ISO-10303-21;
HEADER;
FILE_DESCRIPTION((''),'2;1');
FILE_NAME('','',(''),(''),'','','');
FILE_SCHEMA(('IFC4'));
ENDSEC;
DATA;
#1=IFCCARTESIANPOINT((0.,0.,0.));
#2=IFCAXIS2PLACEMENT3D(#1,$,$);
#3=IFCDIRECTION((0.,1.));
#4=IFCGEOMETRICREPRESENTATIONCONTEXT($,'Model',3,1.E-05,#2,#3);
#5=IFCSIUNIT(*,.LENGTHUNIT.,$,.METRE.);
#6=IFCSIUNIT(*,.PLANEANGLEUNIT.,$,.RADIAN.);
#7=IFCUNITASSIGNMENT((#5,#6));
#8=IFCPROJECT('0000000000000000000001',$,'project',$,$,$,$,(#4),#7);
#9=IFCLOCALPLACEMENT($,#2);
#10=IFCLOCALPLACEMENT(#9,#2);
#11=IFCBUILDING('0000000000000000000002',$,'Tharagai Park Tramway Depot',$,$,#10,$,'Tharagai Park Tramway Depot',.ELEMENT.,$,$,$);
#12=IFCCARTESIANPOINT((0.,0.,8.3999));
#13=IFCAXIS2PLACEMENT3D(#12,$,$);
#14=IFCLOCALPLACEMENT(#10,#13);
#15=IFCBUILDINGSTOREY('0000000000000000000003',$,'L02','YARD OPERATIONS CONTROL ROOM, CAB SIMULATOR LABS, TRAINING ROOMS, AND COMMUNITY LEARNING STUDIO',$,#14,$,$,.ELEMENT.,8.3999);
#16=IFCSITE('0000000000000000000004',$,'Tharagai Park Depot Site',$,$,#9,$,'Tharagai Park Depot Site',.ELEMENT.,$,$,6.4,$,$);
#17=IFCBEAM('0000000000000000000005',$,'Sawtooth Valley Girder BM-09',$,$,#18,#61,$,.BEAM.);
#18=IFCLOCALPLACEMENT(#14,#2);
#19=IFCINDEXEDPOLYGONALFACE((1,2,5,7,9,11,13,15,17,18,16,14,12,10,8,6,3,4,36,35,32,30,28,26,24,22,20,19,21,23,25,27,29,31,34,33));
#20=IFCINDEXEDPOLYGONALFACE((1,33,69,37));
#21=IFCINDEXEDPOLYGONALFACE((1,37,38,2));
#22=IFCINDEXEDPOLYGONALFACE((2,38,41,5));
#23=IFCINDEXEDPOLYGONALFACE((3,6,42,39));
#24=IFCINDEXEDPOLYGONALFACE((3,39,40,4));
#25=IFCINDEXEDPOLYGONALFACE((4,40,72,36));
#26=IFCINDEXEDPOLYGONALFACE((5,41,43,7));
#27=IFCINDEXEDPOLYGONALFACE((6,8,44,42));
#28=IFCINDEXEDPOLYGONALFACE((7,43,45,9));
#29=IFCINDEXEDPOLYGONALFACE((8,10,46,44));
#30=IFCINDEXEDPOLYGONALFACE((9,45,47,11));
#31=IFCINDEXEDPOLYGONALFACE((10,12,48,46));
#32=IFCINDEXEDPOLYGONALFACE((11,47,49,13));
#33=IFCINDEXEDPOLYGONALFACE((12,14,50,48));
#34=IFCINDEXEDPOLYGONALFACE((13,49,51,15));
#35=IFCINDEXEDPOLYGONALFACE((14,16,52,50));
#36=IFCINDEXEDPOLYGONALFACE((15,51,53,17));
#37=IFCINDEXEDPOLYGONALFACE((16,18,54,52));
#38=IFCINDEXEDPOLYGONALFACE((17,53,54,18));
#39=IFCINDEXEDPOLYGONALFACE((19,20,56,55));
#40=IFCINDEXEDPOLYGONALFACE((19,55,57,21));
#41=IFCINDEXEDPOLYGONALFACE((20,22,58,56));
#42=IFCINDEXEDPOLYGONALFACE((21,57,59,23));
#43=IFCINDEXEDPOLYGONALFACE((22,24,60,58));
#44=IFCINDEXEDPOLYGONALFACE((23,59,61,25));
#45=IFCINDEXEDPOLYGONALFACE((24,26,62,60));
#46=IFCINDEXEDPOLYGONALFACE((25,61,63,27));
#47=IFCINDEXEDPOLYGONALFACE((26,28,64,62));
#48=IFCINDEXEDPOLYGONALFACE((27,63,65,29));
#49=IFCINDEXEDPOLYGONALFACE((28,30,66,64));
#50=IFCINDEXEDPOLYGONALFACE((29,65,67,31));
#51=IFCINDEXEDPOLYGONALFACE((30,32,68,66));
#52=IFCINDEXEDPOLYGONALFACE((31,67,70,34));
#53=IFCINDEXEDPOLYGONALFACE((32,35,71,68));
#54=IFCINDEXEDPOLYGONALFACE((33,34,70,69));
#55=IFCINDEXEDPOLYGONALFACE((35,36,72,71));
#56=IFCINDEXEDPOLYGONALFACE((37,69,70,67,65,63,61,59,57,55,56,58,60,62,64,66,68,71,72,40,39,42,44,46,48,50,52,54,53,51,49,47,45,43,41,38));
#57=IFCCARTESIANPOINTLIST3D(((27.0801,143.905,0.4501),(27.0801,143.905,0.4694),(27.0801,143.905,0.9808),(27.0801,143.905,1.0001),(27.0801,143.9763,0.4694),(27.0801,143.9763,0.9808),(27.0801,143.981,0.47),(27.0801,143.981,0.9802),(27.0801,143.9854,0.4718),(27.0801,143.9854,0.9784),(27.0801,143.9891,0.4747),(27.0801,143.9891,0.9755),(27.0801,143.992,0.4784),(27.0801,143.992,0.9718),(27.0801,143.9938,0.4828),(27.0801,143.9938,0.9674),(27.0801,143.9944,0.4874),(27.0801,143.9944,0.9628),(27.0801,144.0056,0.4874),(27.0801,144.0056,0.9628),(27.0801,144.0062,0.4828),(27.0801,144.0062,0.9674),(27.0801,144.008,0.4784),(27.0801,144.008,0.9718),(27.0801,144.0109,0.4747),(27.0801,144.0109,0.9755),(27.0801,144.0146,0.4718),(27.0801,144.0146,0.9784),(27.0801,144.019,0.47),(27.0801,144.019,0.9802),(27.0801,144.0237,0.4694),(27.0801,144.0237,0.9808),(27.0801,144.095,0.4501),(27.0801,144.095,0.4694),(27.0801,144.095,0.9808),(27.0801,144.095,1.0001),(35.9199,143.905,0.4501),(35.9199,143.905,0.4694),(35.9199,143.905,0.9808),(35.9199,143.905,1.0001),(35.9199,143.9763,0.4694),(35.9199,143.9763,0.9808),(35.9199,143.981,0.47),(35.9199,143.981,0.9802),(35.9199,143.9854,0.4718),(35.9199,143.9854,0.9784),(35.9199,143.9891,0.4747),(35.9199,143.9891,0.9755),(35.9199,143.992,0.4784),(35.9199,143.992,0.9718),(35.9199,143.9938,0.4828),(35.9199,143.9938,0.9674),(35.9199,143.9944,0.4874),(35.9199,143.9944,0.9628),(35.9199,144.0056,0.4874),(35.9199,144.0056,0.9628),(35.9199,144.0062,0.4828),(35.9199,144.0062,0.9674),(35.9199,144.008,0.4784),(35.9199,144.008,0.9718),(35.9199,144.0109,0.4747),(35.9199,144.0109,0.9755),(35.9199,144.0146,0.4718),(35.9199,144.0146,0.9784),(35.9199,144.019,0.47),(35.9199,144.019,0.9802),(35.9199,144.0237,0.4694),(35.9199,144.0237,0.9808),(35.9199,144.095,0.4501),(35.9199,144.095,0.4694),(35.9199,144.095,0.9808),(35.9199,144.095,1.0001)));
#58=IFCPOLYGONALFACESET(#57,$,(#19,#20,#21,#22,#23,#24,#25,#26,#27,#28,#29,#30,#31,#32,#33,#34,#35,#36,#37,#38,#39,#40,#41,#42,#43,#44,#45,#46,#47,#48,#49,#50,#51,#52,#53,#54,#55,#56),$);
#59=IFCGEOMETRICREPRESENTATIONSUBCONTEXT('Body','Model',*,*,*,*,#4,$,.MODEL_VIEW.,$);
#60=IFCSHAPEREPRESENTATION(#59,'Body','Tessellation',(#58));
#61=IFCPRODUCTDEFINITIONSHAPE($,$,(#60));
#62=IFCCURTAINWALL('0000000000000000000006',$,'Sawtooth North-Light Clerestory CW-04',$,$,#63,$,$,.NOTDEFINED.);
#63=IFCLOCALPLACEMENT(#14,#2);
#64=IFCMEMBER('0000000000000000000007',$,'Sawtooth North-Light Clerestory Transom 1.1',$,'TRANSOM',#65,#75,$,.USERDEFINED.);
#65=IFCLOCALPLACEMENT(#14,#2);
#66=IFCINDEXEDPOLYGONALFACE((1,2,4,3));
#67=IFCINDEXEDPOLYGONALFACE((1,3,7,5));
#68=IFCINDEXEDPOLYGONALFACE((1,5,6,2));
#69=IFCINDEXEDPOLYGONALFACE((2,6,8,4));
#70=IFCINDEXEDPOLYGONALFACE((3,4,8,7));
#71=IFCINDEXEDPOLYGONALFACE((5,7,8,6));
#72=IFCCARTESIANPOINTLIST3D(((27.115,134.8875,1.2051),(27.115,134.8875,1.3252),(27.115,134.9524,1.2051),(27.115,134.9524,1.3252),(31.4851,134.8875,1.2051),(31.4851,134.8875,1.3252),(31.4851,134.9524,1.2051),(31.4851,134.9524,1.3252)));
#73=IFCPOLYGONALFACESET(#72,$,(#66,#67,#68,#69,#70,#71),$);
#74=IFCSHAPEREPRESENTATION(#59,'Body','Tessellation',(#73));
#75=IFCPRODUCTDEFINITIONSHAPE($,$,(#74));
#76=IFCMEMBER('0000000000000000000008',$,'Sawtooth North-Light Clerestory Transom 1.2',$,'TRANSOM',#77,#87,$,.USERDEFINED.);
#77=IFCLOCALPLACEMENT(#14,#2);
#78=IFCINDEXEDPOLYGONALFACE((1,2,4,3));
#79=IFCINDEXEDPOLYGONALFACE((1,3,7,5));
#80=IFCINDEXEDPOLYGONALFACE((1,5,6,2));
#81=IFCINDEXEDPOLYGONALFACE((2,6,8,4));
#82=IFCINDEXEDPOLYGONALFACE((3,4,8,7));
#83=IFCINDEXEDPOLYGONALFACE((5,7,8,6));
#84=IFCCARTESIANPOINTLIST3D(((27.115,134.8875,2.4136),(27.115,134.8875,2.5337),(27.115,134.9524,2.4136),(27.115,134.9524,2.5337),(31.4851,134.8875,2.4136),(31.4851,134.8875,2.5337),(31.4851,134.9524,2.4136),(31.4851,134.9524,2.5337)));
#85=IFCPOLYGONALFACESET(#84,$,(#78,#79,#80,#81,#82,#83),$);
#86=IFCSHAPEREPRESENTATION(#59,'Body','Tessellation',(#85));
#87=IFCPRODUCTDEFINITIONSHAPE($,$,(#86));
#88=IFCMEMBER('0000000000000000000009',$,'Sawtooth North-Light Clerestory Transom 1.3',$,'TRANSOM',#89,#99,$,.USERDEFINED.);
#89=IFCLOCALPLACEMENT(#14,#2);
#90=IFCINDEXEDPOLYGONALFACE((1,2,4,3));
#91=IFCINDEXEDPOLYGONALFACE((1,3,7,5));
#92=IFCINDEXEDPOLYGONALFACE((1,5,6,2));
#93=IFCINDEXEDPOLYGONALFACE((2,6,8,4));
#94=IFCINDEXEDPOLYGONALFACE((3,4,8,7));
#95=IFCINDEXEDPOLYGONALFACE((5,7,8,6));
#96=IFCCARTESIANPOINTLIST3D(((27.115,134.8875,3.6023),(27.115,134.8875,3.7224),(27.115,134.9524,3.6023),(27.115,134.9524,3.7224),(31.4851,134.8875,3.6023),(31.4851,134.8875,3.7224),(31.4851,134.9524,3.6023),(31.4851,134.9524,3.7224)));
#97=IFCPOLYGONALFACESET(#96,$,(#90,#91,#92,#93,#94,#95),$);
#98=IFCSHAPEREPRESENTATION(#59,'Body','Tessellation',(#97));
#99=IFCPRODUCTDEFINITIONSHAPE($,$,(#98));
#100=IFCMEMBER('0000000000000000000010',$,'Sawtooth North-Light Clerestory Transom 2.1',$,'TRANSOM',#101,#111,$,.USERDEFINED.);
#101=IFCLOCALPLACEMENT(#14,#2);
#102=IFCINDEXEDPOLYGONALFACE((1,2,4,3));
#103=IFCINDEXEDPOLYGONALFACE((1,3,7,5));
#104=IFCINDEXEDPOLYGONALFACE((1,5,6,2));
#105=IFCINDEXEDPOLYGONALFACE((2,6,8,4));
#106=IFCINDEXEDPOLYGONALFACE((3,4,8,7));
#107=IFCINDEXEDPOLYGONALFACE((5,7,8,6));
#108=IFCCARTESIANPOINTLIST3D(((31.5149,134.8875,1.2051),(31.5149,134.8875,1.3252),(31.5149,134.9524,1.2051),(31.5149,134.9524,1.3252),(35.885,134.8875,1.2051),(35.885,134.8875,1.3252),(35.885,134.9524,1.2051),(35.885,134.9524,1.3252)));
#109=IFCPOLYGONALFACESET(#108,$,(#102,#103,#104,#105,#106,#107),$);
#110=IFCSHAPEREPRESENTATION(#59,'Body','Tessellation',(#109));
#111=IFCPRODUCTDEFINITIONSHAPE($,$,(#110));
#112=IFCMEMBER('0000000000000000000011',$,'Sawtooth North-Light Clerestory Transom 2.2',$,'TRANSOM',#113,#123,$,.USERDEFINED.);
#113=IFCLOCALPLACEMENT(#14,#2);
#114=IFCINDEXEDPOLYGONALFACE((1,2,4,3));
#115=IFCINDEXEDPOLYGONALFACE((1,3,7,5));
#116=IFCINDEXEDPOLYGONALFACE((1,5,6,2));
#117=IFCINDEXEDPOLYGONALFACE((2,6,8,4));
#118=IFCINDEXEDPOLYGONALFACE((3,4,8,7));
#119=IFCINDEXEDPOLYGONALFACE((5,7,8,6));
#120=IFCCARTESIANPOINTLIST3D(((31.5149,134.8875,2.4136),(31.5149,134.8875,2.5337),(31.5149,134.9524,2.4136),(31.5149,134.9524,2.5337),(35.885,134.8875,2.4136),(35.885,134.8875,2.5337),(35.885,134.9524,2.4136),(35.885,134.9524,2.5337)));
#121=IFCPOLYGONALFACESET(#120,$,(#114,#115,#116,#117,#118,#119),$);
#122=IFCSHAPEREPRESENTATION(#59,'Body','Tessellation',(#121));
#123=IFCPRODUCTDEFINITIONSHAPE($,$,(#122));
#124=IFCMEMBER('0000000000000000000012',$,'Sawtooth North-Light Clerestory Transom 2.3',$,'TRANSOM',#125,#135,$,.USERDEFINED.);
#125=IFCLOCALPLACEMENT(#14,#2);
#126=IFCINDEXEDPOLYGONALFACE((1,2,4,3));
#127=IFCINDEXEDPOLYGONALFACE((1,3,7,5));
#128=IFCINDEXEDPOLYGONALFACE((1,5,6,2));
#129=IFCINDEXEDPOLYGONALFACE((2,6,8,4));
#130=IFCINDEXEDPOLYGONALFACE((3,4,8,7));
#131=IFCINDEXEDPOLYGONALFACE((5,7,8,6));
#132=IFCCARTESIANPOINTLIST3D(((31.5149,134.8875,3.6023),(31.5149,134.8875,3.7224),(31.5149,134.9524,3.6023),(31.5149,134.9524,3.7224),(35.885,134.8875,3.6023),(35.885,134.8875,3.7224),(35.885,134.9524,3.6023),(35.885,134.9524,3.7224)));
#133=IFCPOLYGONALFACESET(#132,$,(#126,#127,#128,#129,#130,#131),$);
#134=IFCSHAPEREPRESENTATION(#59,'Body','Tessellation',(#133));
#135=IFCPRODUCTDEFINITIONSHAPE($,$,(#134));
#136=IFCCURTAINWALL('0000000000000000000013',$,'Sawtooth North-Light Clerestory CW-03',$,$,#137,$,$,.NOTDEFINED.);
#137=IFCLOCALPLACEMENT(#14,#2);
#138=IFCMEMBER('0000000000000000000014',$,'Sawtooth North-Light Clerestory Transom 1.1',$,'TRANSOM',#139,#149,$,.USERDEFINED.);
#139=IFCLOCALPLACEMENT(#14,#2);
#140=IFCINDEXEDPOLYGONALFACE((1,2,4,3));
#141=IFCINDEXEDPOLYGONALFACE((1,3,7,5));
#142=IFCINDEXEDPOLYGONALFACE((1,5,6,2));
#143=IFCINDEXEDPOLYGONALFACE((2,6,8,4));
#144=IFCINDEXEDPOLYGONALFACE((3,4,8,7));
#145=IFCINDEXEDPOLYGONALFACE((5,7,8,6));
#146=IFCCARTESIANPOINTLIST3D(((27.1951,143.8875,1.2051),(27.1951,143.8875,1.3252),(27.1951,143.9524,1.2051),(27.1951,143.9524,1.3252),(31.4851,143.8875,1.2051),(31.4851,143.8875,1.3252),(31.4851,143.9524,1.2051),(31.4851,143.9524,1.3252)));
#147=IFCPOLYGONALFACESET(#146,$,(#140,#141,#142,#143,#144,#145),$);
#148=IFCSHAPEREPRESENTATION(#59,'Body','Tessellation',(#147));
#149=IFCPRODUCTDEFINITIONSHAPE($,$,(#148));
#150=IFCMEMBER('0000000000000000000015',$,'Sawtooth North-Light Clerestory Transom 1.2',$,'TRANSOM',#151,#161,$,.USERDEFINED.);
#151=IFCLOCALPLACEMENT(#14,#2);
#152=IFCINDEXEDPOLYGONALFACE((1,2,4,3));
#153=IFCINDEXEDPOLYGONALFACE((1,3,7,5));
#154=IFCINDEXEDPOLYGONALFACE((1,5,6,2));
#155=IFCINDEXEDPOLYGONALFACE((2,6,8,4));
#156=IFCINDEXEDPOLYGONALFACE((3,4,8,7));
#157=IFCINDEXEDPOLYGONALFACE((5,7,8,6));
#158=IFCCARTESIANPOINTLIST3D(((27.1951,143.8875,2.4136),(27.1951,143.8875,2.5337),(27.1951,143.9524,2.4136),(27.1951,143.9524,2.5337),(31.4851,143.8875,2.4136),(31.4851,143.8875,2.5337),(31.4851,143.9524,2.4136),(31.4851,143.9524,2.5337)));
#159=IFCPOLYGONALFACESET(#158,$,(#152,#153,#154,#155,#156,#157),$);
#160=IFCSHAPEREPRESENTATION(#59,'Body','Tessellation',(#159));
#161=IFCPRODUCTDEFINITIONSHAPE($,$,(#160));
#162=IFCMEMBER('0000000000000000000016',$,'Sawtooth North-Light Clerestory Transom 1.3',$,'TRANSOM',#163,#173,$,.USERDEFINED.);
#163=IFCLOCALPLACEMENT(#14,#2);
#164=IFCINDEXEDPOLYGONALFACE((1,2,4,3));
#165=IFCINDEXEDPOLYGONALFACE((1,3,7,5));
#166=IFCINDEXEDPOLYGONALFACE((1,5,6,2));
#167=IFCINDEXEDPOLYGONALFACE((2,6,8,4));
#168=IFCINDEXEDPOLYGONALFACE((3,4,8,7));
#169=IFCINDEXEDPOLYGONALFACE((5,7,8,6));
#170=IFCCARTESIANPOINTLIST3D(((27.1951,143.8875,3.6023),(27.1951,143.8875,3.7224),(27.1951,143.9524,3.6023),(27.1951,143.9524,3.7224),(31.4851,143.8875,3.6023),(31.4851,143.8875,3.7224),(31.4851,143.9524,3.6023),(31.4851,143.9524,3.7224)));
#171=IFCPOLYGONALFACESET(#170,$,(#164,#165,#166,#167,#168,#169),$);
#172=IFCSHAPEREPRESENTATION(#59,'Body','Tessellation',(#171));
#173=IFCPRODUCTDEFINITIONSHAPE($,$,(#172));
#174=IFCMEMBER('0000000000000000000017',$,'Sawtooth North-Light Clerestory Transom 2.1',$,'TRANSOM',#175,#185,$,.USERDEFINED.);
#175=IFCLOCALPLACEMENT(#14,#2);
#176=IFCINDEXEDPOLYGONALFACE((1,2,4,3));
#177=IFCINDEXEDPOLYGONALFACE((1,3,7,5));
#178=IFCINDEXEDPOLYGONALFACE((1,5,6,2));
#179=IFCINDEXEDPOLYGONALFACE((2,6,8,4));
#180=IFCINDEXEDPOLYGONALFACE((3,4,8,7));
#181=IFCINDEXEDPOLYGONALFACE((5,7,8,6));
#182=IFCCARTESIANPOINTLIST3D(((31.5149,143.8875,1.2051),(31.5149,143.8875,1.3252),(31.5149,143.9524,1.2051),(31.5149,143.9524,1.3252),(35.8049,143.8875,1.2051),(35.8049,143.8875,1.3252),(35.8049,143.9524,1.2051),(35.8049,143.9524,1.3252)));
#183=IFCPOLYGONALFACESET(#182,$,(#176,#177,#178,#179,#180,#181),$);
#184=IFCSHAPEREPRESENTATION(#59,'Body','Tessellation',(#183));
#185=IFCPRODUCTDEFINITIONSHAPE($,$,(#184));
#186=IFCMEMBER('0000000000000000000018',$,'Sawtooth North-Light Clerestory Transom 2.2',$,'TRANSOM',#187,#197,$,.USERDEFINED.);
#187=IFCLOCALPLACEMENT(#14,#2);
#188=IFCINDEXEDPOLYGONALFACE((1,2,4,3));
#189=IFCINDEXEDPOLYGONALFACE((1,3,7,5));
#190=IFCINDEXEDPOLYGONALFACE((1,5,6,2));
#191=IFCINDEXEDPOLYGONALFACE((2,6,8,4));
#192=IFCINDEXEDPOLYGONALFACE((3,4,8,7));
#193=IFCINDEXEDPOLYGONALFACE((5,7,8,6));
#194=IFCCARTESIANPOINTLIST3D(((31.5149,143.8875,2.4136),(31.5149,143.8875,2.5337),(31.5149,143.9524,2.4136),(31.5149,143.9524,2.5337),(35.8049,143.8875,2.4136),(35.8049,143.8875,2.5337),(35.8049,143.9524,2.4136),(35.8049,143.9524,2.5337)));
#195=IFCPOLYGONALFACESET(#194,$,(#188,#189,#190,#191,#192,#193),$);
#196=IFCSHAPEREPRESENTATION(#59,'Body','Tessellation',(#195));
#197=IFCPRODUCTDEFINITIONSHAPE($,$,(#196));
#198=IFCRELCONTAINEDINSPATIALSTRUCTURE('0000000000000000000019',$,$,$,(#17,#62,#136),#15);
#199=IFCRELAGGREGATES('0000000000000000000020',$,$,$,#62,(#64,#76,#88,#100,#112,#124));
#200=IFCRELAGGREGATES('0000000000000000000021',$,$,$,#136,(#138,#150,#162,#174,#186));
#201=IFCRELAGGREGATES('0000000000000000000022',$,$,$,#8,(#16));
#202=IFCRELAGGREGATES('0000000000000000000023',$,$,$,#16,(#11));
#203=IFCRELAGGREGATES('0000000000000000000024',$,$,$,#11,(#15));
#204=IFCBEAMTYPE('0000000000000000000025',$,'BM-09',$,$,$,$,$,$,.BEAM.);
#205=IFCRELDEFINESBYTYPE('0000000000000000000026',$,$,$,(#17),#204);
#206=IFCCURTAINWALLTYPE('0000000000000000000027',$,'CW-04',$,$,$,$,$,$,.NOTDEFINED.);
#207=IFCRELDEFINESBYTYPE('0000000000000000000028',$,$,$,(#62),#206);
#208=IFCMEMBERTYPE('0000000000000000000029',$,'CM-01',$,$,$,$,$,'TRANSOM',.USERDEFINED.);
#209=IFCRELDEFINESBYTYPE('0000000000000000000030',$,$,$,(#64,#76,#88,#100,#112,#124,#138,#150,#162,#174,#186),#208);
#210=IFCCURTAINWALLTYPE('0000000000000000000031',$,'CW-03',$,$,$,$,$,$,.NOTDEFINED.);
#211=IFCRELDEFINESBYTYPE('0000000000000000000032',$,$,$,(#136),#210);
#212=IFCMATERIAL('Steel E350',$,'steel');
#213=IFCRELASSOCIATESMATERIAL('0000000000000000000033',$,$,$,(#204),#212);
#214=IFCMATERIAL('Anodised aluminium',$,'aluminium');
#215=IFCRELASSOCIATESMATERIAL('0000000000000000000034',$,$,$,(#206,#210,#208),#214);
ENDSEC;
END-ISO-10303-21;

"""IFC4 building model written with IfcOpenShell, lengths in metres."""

from ifc_helpers import new_model, si_unit, direction, frame, origin, origin_2d, place, context, subcontext, project, spatial, rectangle, i_section, extrude, material, material_profile, profile_set, type_object, element, aggregate, save


model = new_model("IFC4")

# Units and contexts
model_context = context("Model", 3, precision=1e-05, world=origin(), true_north=direction((0.0, 1.0)))
body_context = subcontext(model_context, "Body", "Model", "MODEL_VIEW")
ifc_project = project(units=[si_unit("LENGTHUNIT", "METRE"), si_unit("PLANEANGLEUNIT", "RADIAN")], contexts=[model_context])

# Site, building, storey
site_placement = place(None, origin())
site = spatial("IfcSite", under=ifc_project, at=site_placement, Name="Tharagai Park Depot Site", LongName="Tharagai Park Depot Site", CompositionType="ELEMENT", RefElevation=6.4)
building_placement = place(site_placement, origin())
building = spatial("IfcBuilding", under=site, at=building_placement, Name="Tharagai Park Tramway Depot", LongName="Tharagai Park Tramway Depot", CompositionType="ELEMENT")
storey_placement = place(building_placement, frame((0.0, 0.0, 8.3999)))
storey = spatial("IfcBuildingStorey", under=building, at=storey_placement, Name="L02", Description="YARD OPERATIONS CONTROL ROOM, CAB SIMULATOR LABS, TRAINING ROOMS, AND COMMUNITY LEARNING STUDIO", CompositionType="ELEMENT", Elevation=8.3999)

# Beam
ifc_material_1 = material(Name="Steel E350", Category="steel")
ifc_material_profile_1 = material_profile(ifc_material_1, i_section(OverallWidth=0.1899, OverallDepth=0.55, WebThickness=0.0112, FlangeThickness=0.0193, FilletRadius=0.0181, at=origin_2d()), Name="ISMB 550")
ifc_profile_set_1 = profile_set([ifc_material_profile_1], Name="Steel E350")
beam_type = type_object("IfcBeamType", Name="BM-09", PredefinedType="BEAM", material=ifc_profile_set_1)
beam_placement = place(storey_placement, frame((27.0801, 144.0, 0.7251), z_axis=(1.0, 0.0, 0.0), x_axis=(0.0, 1.0, 0.0)))
element("IfcBeam", 1, at=beam_placement, inside=storey, type_object=beam_type, Name="Sawtooth Valley Girder BM-09", PredefinedType="BEAM", context=body_context, shape_type="SweptSolid", body=[
    extrude(i_section(OverallWidth=0.1899, OverallDepth=0.55, WebThickness=0.0112, FlangeThickness=0.0193, FilletRadius=0.0181, at=origin_2d()), origin(), (0.0, 0.0, 1.0), 8.8398),
])

# Curtain walls, members
ifc_material_2 = material(Name="Anodised aluminium", Category="aluminium")
curtain_wall_type_1 = type_object("IfcCurtainWallType", Name="CW-04", PredefinedType="NOTDEFINED", material=ifc_material_2)
curtain_wall_1_placement = place(storey_placement, origin())
curtain_wall_1 = element("IfcCurtainWall", 2, at=curtain_wall_1_placement, inside=storey, type_object=curtain_wall_type_1, Name="Sawtooth North-Light Clerestory CW-04", PredefinedType="NOTDEFINED")
ifc_material_profile_2 = material_profile(ifc_material_2, rectangle(XDim=0.0649, YDim=0.1201, at=origin_2d()), Name="ALU 65x120")
ifc_profile_set_2 = profile_set([ifc_material_profile_2], Name="Anodised aluminium")
member_type_1 = type_object("IfcMemberType", Name="CM-01", ElementType="TRANSOM", PredefinedType="USERDEFINED", material=ifc_profile_set_2)
member_1_placement = place(storey_placement, frame((27.115, 134.9199, 1.2651), z_axis=(1.0, 0.0, 0.0), x_axis=(0.0, 1.0, 0.0)))
member_1 = element("IfcMember", 3, at=member_1_placement, type_object=member_type_1, Name="Sawtooth North-Light Clerestory Transom 1.1", ObjectType="TRANSOM", PredefinedType="USERDEFINED", context=body_context, shape_type="SweptSolid", body=[
    extrude(rectangle(XDim=0.0649, YDim=0.1201, at=origin_2d()), origin(), (0.0, 0.0, 1.0), 4.3701),
])
member_2_placement = place(storey_placement, frame((27.115, 134.9199, 2.4736), z_axis=(1.0, 0.0, 0.0), x_axis=(0.0, 1.0, 0.0)))
member_2 = element("IfcMember", 4, at=member_2_placement, type_object=member_type_1, Name="Sawtooth North-Light Clerestory Transom 1.2", ObjectType="TRANSOM", PredefinedType="USERDEFINED", context=body_context, shape_type="SweptSolid", body=[
    extrude(rectangle(XDim=0.0649, YDim=0.1201, at=origin_2d()), origin(), (0.0, 0.0, 1.0), 4.3701),
])
member_3_placement = place(storey_placement, frame((27.115, 134.9199, 3.6624), z_axis=(1.0, 0.0, 0.0), x_axis=(0.0, 1.0, 0.0)))
member_3 = element("IfcMember", 5, at=member_3_placement, type_object=member_type_1, Name="Sawtooth North-Light Clerestory Transom 1.3", ObjectType="TRANSOM", PredefinedType="USERDEFINED", context=body_context, shape_type="SweptSolid", body=[
    extrude(rectangle(XDim=0.0649, YDim=0.1201, at=origin_2d()), origin(), (0.0, 0.0, 1.0), 4.3701),
])
member_4_placement = place(storey_placement, frame((31.5149, 134.9199, 1.2651), z_axis=(1.0, 0.0, 0.0), x_axis=(0.0, 1.0, 0.0)))
member_4 = element("IfcMember", 6, at=member_4_placement, type_object=member_type_1, Name="Sawtooth North-Light Clerestory Transom 2.1", ObjectType="TRANSOM", PredefinedType="USERDEFINED", context=body_context, shape_type="SweptSolid", body=[
    extrude(rectangle(XDim=0.0649, YDim=0.1201, at=origin_2d()), origin(), (0.0, 0.0, 1.0), 4.3701),
])
member_5_placement = place(storey_placement, frame((31.5149, 134.9199, 2.4736), z_axis=(1.0, 0.0, 0.0), x_axis=(0.0, 1.0, 0.0)))
member_5 = element("IfcMember", 7, at=member_5_placement, type_object=member_type_1, Name="Sawtooth North-Light Clerestory Transom 2.2", ObjectType="TRANSOM", PredefinedType="USERDEFINED", context=body_context, shape_type="SweptSolid", body=[
    extrude(rectangle(XDim=0.0649, YDim=0.1201, at=origin_2d()), origin(), (0.0, 0.0, 1.0), 4.3701),
])
member_6_placement = place(storey_placement, frame((31.5149, 134.9199, 3.6624), z_axis=(1.0, 0.0, 0.0), x_axis=(0.0, 1.0, 0.0)))
member_6 = element("IfcMember", 8, at=member_6_placement, type_object=member_type_1, Name="Sawtooth North-Light Clerestory Transom 2.3", ObjectType="TRANSOM", PredefinedType="USERDEFINED", context=body_context, shape_type="SweptSolid", body=[
    extrude(rectangle(XDim=0.0649, YDim=0.1201, at=origin_2d()), origin(), (0.0, 0.0, 1.0), 4.3701),
])
curtain_wall_type_2 = type_object("IfcCurtainWallType", Name="CW-03", PredefinedType="NOTDEFINED", material=ifc_material_2)
curtain_wall_2_placement = place(storey_placement, origin())
curtain_wall_2 = element("IfcCurtainWall", 9, at=curtain_wall_2_placement, inside=storey, type_object=curtain_wall_type_2, Name="Sawtooth North-Light Clerestory CW-03", PredefinedType="NOTDEFINED")
member_7_placement = place(storey_placement, frame((27.1951, 143.9199, 1.2651), z_axis=(1.0, 0.0, 0.0), x_axis=(0.0, 1.0, 0.0)))
member_7 = element("IfcMember", 10, at=member_7_placement, type_object=member_type_1, Name="Sawtooth North-Light Clerestory Transom 1.1", ObjectType="TRANSOM", PredefinedType="USERDEFINED", context=body_context, shape_type="SweptSolid", body=[
    extrude(rectangle(XDim=0.0649, YDim=0.1201, at=origin_2d()), origin(), (0.0, 0.0, 1.0), 4.29),
])
member_8_placement = place(storey_placement, frame((27.1951, 143.9199, 2.4736), z_axis=(1.0, 0.0, 0.0), x_axis=(0.0, 1.0, 0.0)))
member_8 = element("IfcMember", 11, at=member_8_placement, type_object=member_type_1, Name="Sawtooth North-Light Clerestory Transom 1.2", ObjectType="TRANSOM", PredefinedType="USERDEFINED", context=body_context, shape_type="SweptSolid", body=[
    extrude(rectangle(XDim=0.0649, YDim=0.1201, at=origin_2d()), origin(), (0.0, 0.0, 1.0), 4.29),
])
member_9_placement = place(storey_placement, frame((27.1951, 143.9199, 3.6624), z_axis=(1.0, 0.0, 0.0), x_axis=(0.0, 1.0, 0.0)))
member_9 = element("IfcMember", 12, at=member_9_placement, type_object=member_type_1, Name="Sawtooth North-Light Clerestory Transom 1.3", ObjectType="TRANSOM", PredefinedType="USERDEFINED", context=body_context, shape_type="SweptSolid", body=[
    extrude(rectangle(XDim=0.0649, YDim=0.1201, at=origin_2d()), origin(), (0.0, 0.0, 1.0), 4.29),
])
member_10_placement = place(storey_placement, frame((31.5149, 143.9199, 1.2651), z_axis=(1.0, 0.0, 0.0), x_axis=(0.0, 1.0, 0.0)))
member_10 = element("IfcMember", 13, at=member_10_placement, type_object=member_type_1, Name="Sawtooth North-Light Clerestory Transom 2.1", ObjectType="TRANSOM", PredefinedType="USERDEFINED", context=body_context, shape_type="SweptSolid", body=[
    extrude(rectangle(XDim=0.0649, YDim=0.1201, at=origin_2d()), origin(), (0.0, 0.0, 1.0), 4.29),
])
member_11_placement = place(storey_placement, frame((31.5149, 143.9199, 2.4736), z_axis=(1.0, 0.0, 0.0), x_axis=(0.0, 1.0, 0.0)))
member_11 = element("IfcMember", 14, at=member_11_placement, type_object=member_type_1, Name="Sawtooth North-Light Clerestory Transom 2.2", ObjectType="TRANSOM", PredefinedType="USERDEFINED", context=body_context, shape_type="SweptSolid", body=[
    extrude(rectangle(XDim=0.0649, YDim=0.1201, at=origin_2d()), origin(), (0.0, 0.0, 1.0), 4.29),
])

aggregate(curtain_wall_1, [member_1, member_2, member_3, member_4, member_5, member_6])
aggregate(curtain_wall_2, [member_7, member_8, member_9, member_10, member_11])

save(model, "model.ifc")
